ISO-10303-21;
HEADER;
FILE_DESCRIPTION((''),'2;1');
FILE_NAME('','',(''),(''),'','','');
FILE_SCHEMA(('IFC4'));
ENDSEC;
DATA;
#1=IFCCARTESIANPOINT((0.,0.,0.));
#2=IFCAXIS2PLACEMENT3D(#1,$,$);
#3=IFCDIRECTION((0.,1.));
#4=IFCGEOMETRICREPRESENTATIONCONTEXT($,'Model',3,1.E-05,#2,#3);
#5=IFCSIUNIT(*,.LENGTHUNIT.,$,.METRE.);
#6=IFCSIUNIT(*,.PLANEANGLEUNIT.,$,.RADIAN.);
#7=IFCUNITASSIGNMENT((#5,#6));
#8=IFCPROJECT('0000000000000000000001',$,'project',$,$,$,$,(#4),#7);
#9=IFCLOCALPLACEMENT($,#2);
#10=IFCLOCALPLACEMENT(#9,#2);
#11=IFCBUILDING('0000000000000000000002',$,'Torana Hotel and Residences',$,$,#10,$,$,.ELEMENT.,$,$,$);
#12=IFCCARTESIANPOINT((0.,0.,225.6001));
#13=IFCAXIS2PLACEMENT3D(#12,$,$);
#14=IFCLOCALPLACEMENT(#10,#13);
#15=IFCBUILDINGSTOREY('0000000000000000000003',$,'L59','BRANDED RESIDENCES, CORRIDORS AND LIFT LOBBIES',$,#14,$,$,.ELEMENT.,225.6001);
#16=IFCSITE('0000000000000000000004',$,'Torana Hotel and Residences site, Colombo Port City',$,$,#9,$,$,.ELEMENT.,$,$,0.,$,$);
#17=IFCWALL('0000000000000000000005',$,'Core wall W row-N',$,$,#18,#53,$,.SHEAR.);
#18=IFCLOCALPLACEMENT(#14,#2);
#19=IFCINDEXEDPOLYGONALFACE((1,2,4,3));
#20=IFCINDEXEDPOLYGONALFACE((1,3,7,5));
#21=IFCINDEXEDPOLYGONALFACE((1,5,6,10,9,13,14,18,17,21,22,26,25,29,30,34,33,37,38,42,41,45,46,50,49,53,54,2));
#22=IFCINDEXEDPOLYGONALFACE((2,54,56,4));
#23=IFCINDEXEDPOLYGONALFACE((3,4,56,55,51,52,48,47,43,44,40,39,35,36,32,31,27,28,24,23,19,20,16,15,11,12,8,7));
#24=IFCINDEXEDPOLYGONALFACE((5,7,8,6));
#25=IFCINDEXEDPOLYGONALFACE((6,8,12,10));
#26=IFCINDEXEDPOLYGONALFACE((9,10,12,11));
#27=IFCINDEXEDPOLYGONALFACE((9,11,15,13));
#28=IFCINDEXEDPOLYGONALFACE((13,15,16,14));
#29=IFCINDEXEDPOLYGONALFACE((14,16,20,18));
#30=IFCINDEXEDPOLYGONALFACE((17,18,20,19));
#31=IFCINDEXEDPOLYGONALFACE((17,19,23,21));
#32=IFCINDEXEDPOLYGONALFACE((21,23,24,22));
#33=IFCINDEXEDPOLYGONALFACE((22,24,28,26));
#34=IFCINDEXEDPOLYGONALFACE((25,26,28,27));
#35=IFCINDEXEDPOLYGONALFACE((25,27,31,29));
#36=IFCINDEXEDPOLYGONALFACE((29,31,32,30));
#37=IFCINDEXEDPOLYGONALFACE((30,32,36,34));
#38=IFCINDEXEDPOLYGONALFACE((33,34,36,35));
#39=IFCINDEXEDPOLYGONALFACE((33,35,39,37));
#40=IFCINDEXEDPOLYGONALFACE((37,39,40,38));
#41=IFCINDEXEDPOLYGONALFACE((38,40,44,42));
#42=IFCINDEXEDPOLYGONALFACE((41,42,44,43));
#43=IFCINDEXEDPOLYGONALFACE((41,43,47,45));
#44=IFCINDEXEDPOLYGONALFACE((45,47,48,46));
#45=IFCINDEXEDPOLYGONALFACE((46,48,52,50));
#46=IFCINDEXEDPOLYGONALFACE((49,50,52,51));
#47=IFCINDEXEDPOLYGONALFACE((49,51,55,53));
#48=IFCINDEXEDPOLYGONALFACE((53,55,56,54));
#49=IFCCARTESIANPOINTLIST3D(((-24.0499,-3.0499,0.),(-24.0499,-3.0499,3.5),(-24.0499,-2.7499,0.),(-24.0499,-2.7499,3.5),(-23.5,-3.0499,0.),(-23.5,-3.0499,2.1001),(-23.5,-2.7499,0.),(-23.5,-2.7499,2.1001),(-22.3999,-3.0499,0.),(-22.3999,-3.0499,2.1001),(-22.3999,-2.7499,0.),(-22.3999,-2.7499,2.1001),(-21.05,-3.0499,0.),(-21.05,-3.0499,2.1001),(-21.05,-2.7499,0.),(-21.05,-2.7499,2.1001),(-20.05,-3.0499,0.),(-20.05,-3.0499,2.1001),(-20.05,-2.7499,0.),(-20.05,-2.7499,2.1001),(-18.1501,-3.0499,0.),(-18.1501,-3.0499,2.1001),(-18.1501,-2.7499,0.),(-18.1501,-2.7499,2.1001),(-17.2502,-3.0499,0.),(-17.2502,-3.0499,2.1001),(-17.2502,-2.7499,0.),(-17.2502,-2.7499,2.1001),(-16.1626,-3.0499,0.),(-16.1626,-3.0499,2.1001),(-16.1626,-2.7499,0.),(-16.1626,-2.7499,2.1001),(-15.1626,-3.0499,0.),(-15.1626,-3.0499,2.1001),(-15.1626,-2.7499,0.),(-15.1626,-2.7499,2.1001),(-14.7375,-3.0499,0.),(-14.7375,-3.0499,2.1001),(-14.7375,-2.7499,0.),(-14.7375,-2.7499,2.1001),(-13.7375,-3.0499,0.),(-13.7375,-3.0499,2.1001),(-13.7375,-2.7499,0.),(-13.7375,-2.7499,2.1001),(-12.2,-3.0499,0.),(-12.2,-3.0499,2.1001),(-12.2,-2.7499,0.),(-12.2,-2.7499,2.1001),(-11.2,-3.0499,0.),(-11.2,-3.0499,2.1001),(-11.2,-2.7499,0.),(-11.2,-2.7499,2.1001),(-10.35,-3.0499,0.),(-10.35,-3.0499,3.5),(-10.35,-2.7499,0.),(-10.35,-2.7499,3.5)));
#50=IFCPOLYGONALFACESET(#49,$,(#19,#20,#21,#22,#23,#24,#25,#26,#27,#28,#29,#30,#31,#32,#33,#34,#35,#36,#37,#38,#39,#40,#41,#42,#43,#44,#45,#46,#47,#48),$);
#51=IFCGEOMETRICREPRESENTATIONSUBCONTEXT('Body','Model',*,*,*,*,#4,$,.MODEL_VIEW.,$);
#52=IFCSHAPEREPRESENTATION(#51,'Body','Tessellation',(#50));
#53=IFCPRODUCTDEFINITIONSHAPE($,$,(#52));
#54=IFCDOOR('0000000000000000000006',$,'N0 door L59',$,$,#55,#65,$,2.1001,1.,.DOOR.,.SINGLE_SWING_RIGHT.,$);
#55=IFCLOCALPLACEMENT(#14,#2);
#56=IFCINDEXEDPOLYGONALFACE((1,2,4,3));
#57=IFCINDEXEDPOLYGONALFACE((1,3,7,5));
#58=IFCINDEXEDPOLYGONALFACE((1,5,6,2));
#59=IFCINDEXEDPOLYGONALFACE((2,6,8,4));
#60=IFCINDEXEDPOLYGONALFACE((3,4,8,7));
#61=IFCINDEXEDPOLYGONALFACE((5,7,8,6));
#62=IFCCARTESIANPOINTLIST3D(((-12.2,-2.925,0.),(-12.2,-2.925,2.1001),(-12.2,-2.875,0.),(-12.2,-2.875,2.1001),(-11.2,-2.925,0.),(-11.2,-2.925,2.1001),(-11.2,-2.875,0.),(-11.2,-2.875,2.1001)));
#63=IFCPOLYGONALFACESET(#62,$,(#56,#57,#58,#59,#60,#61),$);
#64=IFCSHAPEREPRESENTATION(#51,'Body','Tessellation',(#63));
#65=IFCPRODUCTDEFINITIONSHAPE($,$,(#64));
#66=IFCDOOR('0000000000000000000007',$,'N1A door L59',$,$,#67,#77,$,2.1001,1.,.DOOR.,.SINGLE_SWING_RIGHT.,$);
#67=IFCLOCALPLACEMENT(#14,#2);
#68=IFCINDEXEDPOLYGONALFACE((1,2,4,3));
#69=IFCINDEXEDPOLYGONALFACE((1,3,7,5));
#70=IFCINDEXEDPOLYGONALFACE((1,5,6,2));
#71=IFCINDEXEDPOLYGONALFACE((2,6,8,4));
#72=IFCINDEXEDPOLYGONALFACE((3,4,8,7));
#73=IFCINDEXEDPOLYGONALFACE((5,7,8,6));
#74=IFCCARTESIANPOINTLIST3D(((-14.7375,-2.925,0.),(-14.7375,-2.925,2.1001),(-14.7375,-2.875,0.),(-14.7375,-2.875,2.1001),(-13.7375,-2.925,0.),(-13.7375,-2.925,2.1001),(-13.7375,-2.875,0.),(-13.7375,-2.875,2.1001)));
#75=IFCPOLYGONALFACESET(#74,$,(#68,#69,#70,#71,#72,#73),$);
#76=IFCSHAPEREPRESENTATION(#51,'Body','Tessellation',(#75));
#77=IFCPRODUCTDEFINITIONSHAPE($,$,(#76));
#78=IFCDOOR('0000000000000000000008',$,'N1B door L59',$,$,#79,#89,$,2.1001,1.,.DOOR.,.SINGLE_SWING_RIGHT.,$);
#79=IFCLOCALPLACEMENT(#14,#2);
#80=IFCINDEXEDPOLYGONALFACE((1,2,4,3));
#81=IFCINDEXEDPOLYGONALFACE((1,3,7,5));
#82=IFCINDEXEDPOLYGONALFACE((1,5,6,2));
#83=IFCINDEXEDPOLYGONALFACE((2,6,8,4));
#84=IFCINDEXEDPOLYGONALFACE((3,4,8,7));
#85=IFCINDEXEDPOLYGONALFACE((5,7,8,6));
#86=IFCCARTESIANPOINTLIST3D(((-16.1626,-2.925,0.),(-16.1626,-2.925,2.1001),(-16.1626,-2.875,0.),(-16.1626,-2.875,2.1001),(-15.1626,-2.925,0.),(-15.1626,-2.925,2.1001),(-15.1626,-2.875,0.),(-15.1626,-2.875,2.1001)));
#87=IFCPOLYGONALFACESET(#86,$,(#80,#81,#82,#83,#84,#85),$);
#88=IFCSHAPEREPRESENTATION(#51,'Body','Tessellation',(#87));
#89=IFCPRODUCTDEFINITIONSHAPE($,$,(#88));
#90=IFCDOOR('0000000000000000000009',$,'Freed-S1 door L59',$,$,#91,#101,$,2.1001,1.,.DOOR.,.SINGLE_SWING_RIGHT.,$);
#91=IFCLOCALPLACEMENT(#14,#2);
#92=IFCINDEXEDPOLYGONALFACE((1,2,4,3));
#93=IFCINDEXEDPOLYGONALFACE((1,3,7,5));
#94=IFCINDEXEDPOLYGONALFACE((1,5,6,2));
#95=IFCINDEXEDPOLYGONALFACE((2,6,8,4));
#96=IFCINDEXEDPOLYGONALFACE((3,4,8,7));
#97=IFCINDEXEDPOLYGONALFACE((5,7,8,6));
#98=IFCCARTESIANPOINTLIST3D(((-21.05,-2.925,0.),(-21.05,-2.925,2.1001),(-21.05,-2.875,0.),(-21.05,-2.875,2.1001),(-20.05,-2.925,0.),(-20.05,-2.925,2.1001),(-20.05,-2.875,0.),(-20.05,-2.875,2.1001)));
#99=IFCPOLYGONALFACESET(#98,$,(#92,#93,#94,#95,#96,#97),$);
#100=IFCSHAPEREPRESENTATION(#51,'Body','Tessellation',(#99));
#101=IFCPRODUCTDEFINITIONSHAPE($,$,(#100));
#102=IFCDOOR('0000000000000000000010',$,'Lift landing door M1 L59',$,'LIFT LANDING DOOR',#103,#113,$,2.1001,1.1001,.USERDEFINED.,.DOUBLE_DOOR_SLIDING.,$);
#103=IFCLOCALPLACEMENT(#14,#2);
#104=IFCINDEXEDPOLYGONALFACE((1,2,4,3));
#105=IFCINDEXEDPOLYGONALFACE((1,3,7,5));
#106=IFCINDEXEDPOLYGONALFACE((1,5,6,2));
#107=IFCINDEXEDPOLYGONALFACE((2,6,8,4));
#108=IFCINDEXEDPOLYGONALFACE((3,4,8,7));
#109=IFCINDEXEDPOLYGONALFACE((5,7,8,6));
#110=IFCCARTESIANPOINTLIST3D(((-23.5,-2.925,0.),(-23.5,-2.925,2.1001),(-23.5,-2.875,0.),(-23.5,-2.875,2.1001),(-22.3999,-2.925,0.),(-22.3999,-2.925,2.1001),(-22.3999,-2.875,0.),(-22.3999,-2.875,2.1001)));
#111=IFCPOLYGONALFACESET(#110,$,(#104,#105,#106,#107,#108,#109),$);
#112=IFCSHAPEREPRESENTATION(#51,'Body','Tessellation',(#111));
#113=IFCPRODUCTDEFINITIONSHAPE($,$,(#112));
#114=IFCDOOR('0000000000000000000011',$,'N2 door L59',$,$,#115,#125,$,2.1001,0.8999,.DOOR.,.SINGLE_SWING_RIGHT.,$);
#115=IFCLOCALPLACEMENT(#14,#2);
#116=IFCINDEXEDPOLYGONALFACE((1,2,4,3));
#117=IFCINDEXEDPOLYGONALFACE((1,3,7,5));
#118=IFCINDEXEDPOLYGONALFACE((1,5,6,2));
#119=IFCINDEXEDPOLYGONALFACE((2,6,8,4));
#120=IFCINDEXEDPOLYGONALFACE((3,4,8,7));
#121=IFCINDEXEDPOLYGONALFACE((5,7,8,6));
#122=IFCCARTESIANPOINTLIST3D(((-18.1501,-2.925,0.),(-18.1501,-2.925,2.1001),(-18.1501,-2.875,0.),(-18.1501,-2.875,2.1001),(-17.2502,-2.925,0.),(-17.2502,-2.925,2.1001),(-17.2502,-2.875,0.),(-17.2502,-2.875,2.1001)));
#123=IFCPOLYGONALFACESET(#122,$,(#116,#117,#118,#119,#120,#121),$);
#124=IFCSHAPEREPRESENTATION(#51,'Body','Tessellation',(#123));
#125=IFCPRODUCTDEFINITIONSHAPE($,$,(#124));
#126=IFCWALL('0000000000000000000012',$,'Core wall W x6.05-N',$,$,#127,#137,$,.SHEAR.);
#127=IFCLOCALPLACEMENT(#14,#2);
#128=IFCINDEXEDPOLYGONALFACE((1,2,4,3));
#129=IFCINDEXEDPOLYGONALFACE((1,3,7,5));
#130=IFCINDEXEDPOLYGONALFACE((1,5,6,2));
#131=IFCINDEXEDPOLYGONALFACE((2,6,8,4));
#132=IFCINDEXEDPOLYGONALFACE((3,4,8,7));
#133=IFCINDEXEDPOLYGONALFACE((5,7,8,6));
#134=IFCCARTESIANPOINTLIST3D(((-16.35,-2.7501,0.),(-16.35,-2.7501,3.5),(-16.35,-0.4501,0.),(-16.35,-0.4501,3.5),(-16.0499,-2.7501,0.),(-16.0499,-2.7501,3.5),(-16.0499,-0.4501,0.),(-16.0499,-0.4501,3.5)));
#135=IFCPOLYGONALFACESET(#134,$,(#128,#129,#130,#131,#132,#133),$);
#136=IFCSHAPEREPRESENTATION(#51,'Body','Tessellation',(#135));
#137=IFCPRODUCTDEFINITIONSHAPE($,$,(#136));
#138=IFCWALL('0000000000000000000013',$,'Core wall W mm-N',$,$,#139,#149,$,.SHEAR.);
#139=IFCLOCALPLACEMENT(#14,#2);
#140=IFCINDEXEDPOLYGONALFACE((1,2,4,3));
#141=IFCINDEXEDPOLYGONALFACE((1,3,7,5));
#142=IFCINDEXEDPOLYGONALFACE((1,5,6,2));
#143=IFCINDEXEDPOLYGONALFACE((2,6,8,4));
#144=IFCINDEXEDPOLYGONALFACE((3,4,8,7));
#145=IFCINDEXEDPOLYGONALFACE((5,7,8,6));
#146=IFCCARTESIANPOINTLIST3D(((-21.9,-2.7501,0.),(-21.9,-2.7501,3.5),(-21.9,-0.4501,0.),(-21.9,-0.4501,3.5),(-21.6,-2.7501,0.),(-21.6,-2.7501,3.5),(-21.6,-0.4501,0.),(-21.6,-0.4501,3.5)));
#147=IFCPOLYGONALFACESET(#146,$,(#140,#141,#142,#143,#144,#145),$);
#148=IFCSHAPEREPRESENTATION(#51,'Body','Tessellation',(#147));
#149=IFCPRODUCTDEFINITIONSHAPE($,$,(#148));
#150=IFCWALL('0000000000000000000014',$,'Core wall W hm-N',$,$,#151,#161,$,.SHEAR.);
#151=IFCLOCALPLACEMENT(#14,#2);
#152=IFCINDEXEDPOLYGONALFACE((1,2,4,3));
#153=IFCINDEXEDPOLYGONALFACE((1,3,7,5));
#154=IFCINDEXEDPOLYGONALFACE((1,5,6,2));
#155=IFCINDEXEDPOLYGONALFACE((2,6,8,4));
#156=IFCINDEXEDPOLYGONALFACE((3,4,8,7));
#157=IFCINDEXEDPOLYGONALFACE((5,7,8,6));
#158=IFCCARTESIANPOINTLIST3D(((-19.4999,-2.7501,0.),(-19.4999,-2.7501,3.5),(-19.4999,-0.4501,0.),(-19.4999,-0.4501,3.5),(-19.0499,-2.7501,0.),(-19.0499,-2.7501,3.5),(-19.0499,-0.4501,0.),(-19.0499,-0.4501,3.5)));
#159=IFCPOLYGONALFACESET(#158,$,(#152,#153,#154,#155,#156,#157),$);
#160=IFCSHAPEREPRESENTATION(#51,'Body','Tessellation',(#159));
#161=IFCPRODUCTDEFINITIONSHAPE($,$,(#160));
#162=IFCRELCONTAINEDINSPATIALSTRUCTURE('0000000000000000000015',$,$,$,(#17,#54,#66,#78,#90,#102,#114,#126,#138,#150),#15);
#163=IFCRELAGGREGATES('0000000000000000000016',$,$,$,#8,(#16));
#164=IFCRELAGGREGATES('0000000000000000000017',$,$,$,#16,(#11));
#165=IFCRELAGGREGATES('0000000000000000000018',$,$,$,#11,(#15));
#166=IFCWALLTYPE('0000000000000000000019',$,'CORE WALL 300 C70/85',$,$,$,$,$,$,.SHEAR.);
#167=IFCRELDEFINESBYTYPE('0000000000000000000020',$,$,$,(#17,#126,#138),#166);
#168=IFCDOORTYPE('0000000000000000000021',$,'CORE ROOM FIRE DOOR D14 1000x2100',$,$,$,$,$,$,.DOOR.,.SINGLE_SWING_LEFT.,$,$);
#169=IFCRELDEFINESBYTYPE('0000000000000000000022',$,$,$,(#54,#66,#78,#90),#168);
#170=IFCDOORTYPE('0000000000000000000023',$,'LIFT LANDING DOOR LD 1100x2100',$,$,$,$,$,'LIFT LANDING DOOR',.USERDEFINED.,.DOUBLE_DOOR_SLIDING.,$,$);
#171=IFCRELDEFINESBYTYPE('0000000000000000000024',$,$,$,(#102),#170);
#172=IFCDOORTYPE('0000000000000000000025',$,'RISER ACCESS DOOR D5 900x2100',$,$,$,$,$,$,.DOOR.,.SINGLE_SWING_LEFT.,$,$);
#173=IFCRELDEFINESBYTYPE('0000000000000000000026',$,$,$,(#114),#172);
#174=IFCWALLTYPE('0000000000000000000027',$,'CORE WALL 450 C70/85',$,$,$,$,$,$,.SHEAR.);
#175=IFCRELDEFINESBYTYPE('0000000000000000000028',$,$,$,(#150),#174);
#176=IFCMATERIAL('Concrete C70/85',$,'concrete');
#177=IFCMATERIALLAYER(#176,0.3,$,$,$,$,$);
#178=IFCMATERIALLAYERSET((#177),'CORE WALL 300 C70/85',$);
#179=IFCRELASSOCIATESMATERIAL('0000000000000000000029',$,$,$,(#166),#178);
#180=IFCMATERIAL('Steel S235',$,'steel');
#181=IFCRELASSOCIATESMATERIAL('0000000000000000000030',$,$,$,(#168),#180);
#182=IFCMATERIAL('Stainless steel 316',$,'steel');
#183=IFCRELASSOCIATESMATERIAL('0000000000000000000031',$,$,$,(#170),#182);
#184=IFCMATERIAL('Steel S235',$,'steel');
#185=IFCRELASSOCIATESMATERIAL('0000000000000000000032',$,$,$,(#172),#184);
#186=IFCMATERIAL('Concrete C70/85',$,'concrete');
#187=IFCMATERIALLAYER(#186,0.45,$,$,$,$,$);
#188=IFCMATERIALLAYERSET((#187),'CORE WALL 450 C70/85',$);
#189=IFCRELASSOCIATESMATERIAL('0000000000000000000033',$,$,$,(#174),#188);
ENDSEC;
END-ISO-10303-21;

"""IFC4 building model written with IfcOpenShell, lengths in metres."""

from ifc_helpers import new_model, si_unit, direction, frame, frame_2d, origin, place, context, subcontext, project, spatial, rectangle, extrude, material, layer, layer_set, type_object, element, fill, save


model = new_model("IFC4")

# Units and contexts
model_context = context("Model", 3, precision=1e-05, world=origin(), true_north=direction((0.0, 1.0)))
body_context = subcontext(model_context, "Body", "Model", "MODEL_VIEW")
ifc_project = project(units=[si_unit("LENGTHUNIT", "METRE"), si_unit("PLANEANGLEUNIT", "RADIAN")], contexts=[model_context])

# Site, building, storey
site_placement = place(None, origin())
site = spatial("IfcSite", under=ifc_project, at=site_placement, Name="Torana Hotel and Residences site, Colombo Port City", CompositionType="ELEMENT", RefElevation=0.0)
building_placement = place(site_placement, origin())
building = spatial("IfcBuilding", under=site, at=building_placement, Name="Torana Hotel and Residences", CompositionType="ELEMENT")
storey_placement = place(building_placement, frame((0.0, 0.0, 225.6001)))
storey = spatial("IfcBuildingStorey", under=building, at=storey_placement, Name="L59", Description="BRANDED RESIDENCES, CORRIDORS AND LIFT LOBBIES", CompositionType="ELEMENT", Elevation=225.6001)

# Wall, openings, doors
ifc_material_1 = material(Name="Concrete C70/85", Category="concrete")
ifc_layer_1 = layer(ifc_material_1, 0.3)
ifc_layer_set_1 = layer_set([ifc_layer_1], Name="CORE WALL 300 C70/85")
wall_type_1 = type_object("IfcWallType", Name="CORE WALL 300 C70/85", PredefinedType="SHEAR", material=ifc_layer_set_1)
wall_1_placement = place(storey_placement, frame((-24.05, -2.8999, 0.0), z_axis=(0.0, 0.0, 1.0), x_axis=(1.0, 0.0, 0.0)))
wall_1 = element("IfcWall", 1, at=wall_1_placement, inside=storey, type_object=wall_type_1, Name="Core wall W row-N", PredefinedType="SHEAR", context=body_context, shape_type="SweptSolid", body=[
    extrude(rectangle(XDim=13.7, YDim=0.3, at=frame_2d((6.8501, 0.0))), origin(), (0.0, 0.0, 1.0), 3.5),
])
opening_1_placement = place(wall_1_placement, frame((0.55, 0.0, 0.0)))
opening_1 = element("IfcOpeningElement", 2, at=opening_1_placement, cuts=wall_1, PredefinedType="OPENING", context=body_context, shape_type="SweptSolid", body=[
    extrude(rectangle(XDim=1.1001, YDim=2.1001, at=frame_2d((0.55, 1.05))), frame((0.0, 0.1599, 0.0), z_axis=(0.0, -1.0, 0.0), x_axis=(1.0, 0.0, 0.0)), (0.0, 0.0, 1.0), 0.3201),
])
opening_2_placement = place(wall_1_placement, frame((5.8999, 0.0, 0.0)))
opening_2 = element("IfcOpeningElement", 3, at=opening_2_placement, cuts=wall_1, PredefinedType="OPENING", context=body_context, shape_type="SweptSolid", body=[
    extrude(rectangle(XDim=0.8999, YDim=2.1001, at=frame_2d((0.45, 1.05))), frame((0.0, 0.1599, 0.0), z_axis=(0.0, -1.0, 0.0), x_axis=(1.0, 0.0, 0.0)), (0.0, 0.0, 1.0), 0.3201),
])
opening_3_placement = place(wall_1_placement, frame((11.8501, 0.0, 0.0)))
opening_3 = element("IfcOpeningElement", 4, at=opening_3_placement, cuts=wall_1, PredefinedType="OPENING", context=body_context, shape_type="SweptSolid", body=[
    extrude(rectangle(XDim=1.0, YDim=2.1001, at=frame_2d((0.5, 1.05))), frame((0.0, 0.1599, 0.0), z_axis=(0.0, -1.0, 0.0), x_axis=(1.0, 0.0, 0.0)), (0.0, 0.0, 1.0), 0.3201),
])
opening_4_placement = place(wall_1_placement, frame((9.3125, 0.0, 0.0)))
opening_4 = element("IfcOpeningElement", 5, at=opening_4_placement, cuts=wall_1, PredefinedType="OPENING", context=body_context, shape_type="SweptSolid", body=[
    extrude(rectangle(XDim=1.0, YDim=2.1001, at=frame_2d((0.5, 1.05))), frame((0.0, 0.1599, 0.0), z_axis=(0.0, -1.0, 0.0), x_axis=(1.0, 0.0, 0.0)), (0.0, 0.0, 1.0), 0.3201),
])
opening_5_placement = place(wall_1_placement, frame((7.8875, 0.0, 0.0)))
opening_5 = element("IfcOpeningElement", 6, at=opening_5_placement, cuts=wall_1, PredefinedType="OPENING", context=body_context, shape_type="SweptSolid", body=[
    extrude(rectangle(XDim=1.0, YDim=2.1001, at=frame_2d((0.5, 1.05))), frame((0.0, 0.1599, 0.0), z_axis=(0.0, -1.0, 0.0), x_axis=(1.0, 0.0, 0.0)), (0.0, 0.0, 1.0), 0.3201),
])
opening_6_placement = place(wall_1_placement, frame((3.0, 0.0, 0.0)))
opening_6 = element("IfcOpeningElement", 7, at=opening_6_placement, cuts=wall_1, PredefinedType="OPENING", context=body_context, shape_type="SweptSolid", body=[
    extrude(rectangle(XDim=1.0, YDim=2.1001, at=frame_2d((0.5, 1.05))), frame((0.0, 0.1599, 0.0), z_axis=(0.0, -1.0, 0.0), x_axis=(1.0, 0.0, 0.0)), (0.0, 0.0, 1.0), 0.3201),
])
ifc_material_2 = material(Name="Steel S235", Category="steel")
door_type_1 = type_object("IfcDoorType", Name="CORE ROOM FIRE DOOR D14 1000x2100", OperationType="SINGLE_SWING_LEFT", PredefinedType="DOOR", material=ifc_material_2)
door_1_placement = place(opening_3_placement, origin())
door_1 = element("IfcDoor", 8, at=door_1_placement, inside=storey, type_object=door_type_1, Name="N0 door L59", OperationType="SINGLE_SWING_RIGHT", OverallHeight=2.1001, OverallWidth=1.0, PredefinedType="DOOR", context=body_context, shape_type="SweptSolid", body=[
    extrude(rectangle(XDim=1.0, YDim=2.1001, at=frame_2d((0.5, 1.05))), frame((0.0, 0.0249, 0.0), z_axis=(0.0, -1.0, 0.0), x_axis=(1.0, 0.0, 0.0)), (0.0, 0.0, 1.0), 0.05),
])
fill(opening_3, door_1)
door_2_placement = place(opening_4_placement, origin())
door_2 = element("IfcDoor", 9, at=door_2_placement, inside=storey, type_object=door_type_1, Name="N1A door L59", OperationType="SINGLE_SWING_RIGHT", OverallHeight=2.1001, OverallWidth=1.0, PredefinedType="DOOR", context=body_context, shape_type="SweptSolid", body=[
    extrude(rectangle(XDim=1.0, YDim=2.1001, at=frame_2d((0.5, 1.05))), frame((0.0, 0.0249, 0.0), z_axis=(0.0, -1.0, 0.0), x_axis=(1.0, 0.0, 0.0)), (0.0, 0.0, 1.0), 0.05),
])
fill(opening_4, door_2)
door_3_placement = place(opening_5_placement, origin())
door_3 = element("IfcDoor", 10, at=door_3_placement, inside=storey, type_object=door_type_1, Name="N1B door L59", OperationType="SINGLE_SWING_RIGHT", OverallHeight=2.1001, OverallWidth=1.0, PredefinedType="DOOR", context=body_context, shape_type="SweptSolid", body=[
    extrude(rectangle(XDim=1.0, YDim=2.1001, at=frame_2d((0.5, 1.05))), frame((0.0, 0.0249, 0.0), z_axis=(0.0, -1.0, 0.0), x_axis=(1.0, 0.0, 0.0)), (0.0, 0.0, 1.0), 0.05),
])
fill(opening_5, door_3)
door_4_placement = place(opening_6_placement, origin())
door_4 = element("IfcDoor", 11, at=door_4_placement, inside=storey, type_object=door_type_1, Name="Freed-S1 door L59", OperationType="SINGLE_SWING_RIGHT", OverallHeight=2.1001, OverallWidth=1.0, PredefinedType="DOOR", context=body_context, shape_type="SweptSolid", body=[
    extrude(rectangle(XDim=1.0, YDim=2.1001, at=frame_2d((0.5, 1.05))), frame((0.0, 0.0249, 0.0), z_axis=(0.0, -1.0, 0.0), x_axis=(1.0, 0.0, 0.0)), (0.0, 0.0, 1.0), 0.05),
])
fill(opening_6, door_4)
ifc_material_3 = material(Name="Stainless steel 316", Category="steel")
door_type_2 = type_object("IfcDoorType", Name="LIFT LANDING DOOR LD 1100x2100", ElementType="LIFT LANDING DOOR", OperationType="DOUBLE_DOOR_SLIDING", PredefinedType="USERDEFINED", material=ifc_material_3)
door_5_placement = place(opening_1_placement, origin())
door_5 = element("IfcDoor", 12, at=door_5_placement, inside=storey, type_object=door_type_2, Name="Lift landing door M1 L59", ObjectType="LIFT LANDING DOOR", OperationType="DOUBLE_DOOR_SLIDING", OverallHeight=2.1001, OverallWidth=1.1001, PredefinedType="USERDEFINED", context=body_context, shape_type="SweptSolid", body=[
    extrude(rectangle(XDim=1.1001, YDim=2.1001, at=frame_2d((0.55, 1.05))), frame((0.0, 0.0249, 0.0), z_axis=(0.0, -1.0, 0.0), x_axis=(1.0, 0.0, 0.0)), (0.0, 0.0, 1.0), 0.05),
])
fill(opening_1, door_5)
ifc_material_4 = material(Name="Steel S235", Category="steel")
door_type_3 = type_object("IfcDoorType", Name="RISER ACCESS DOOR D5 900x2100", OperationType="SINGLE_SWING_LEFT", PredefinedType="DOOR", material=ifc_material_4)
door_6_placement = place(opening_2_placement, origin())
door_6 = element("IfcDoor", 13, at=door_6_placement, inside=storey, type_object=door_type_3, Name="N2 door L59", OperationType="SINGLE_SWING_RIGHT", OverallHeight=2.1001, OverallWidth=0.8999, PredefinedType="DOOR", context=body_context, shape_type="SweptSolid", body=[
    extrude(rectangle(XDim=0.8999, YDim=2.1001, at=frame_2d((0.45, 1.05))), frame((0.0, 0.0249, 0.0), z_axis=(0.0, -1.0, 0.0), x_axis=(1.0, 0.0, 0.0)), (0.0, 0.0, 1.0), 0.05),
])
fill(opening_2, door_6)

# Walls
for number, where, z_axis, x_axis, name in (
    (14, (-16.2, -2.75, 0.0), (0.0, 0.0, 1.0), (0.0, 1.0, 0.0), "Core wall W x6.05-N"),
    (15, (-21.75, -2.75, 0.0), (0.0, 0.0, 1.0), (0.0, 1.0, 0.0), "Core wall W mm-N"),
):
    element("IfcWall", number, at=place(storey_placement, frame(where, z_axis=z_axis, x_axis=x_axis)), inside=storey, type_object=wall_type_1, Name=name, PredefinedType="SHEAR", context=body_context, shape_type="SweptSolid", body=[
        extrude(rectangle(XDim=2.3, YDim=0.3, at=frame_2d((1.1499, 0.0))), origin(), (0.0, 0.0, 1.0), 3.5),
    ])
ifc_material_5 = material(Name="Concrete C70/85", Category="concrete")
ifc_layer_2 = layer(ifc_material_5, 0.45)
ifc_layer_set_2 = layer_set([ifc_layer_2], Name="CORE WALL 450 C70/85")
wall_type_2 = type_object("IfcWallType", Name="CORE WALL 450 C70/85", PredefinedType="SHEAR", material=ifc_layer_set_2)
wall_2_placement = place(storey_placement, frame((-19.2749, -2.75, 0.0), z_axis=(0.0, 0.0, 1.0), x_axis=(0.0, 1.0, 0.0)))
element("IfcWall", 16, at=wall_2_placement, inside=storey, type_object=wall_type_2, Name="Core wall W hm-N", PredefinedType="SHEAR", context=body_context, shape_type="SweptSolid", body=[
    extrude(rectangle(XDim=2.3, YDim=0.45, at=frame_2d((1.1499, 0.0))), origin(), (0.0, 0.0, 1.0), 3.5),
])

save(model, "model.ifc")
